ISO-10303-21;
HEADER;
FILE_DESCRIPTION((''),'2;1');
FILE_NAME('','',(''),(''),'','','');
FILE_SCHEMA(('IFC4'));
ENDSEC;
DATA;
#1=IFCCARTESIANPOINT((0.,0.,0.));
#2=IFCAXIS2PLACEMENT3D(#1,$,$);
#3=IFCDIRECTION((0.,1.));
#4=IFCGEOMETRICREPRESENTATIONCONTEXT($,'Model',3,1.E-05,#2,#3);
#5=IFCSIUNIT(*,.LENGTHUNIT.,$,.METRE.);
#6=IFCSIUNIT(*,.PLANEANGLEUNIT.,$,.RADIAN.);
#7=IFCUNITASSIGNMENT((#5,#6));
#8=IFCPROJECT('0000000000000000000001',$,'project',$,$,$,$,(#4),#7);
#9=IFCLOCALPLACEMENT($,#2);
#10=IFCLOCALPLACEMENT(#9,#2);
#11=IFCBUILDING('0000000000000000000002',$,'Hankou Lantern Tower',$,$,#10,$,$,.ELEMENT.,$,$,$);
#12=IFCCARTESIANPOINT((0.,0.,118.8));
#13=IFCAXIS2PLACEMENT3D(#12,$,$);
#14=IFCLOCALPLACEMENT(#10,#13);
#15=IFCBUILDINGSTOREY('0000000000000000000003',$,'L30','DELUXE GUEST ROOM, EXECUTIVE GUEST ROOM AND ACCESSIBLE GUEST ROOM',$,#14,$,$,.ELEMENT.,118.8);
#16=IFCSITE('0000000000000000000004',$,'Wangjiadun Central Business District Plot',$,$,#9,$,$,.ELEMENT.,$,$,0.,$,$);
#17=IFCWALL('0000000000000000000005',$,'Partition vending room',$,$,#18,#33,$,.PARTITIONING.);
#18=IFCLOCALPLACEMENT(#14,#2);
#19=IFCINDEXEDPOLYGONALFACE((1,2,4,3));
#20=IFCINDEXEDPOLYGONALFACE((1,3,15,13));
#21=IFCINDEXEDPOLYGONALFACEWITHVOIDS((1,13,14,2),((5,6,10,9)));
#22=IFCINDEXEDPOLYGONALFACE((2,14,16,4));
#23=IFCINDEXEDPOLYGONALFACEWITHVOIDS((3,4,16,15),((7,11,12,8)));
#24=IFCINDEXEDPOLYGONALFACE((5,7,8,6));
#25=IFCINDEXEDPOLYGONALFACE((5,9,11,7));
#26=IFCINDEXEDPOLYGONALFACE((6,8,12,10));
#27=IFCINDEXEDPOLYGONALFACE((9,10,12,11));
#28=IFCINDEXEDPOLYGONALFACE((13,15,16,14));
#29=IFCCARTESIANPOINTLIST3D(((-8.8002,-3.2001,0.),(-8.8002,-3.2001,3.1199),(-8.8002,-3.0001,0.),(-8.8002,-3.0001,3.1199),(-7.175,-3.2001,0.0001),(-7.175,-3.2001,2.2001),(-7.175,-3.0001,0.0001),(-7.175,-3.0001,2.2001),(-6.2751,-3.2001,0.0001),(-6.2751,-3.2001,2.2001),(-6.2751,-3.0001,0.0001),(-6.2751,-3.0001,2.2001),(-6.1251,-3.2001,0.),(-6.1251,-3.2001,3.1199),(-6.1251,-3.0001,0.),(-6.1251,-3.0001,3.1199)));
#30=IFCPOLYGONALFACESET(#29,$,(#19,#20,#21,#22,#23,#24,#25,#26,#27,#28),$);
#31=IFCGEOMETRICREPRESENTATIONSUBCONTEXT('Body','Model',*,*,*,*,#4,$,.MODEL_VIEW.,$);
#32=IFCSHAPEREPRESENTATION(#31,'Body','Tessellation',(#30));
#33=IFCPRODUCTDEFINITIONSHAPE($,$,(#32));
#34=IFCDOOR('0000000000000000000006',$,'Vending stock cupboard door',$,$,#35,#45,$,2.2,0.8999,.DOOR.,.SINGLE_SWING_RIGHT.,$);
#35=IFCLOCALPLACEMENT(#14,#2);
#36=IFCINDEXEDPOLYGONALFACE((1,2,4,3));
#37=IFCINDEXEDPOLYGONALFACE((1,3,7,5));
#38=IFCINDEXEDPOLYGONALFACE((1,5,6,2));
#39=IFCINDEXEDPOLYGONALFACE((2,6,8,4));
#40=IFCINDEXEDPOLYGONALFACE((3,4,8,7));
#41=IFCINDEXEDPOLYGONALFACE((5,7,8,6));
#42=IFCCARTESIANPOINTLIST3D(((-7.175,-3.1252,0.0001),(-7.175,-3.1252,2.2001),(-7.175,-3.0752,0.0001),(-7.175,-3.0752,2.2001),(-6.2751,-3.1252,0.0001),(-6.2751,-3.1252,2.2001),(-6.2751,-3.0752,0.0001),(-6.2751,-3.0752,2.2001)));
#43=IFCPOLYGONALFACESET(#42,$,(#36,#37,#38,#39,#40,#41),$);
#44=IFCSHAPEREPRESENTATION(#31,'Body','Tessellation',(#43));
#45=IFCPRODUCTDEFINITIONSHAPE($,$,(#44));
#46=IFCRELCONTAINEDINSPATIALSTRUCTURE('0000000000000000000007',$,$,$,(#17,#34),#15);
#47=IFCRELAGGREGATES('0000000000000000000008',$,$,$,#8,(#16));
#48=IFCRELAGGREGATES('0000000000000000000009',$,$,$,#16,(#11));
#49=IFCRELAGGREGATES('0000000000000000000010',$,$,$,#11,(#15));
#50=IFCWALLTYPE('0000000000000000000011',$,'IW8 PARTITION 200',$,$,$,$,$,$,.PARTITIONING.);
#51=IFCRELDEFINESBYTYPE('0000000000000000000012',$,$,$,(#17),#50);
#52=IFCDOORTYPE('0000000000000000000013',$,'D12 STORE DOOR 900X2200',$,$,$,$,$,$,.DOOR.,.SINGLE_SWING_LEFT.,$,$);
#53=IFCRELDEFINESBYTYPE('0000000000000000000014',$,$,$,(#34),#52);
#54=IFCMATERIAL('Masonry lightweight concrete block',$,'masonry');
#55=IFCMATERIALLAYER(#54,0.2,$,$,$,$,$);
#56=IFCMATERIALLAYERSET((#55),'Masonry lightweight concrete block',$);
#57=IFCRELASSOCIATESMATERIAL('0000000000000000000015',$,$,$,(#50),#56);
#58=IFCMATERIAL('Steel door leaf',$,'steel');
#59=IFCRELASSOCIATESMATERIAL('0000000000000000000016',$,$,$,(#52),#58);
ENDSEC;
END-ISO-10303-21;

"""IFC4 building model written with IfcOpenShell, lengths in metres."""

from ifc_helpers import new_model, si_unit, direction, frame, frame_2d, origin, place, context, subcontext, project, spatial, rectangle, extrude, material, layer, layer_set, type_object, element, fill, save


model = new_model("IFC4")

# Units and contexts
model_context = context("Model", 3, precision=1e-05, world=origin(), true_north=direction((0.0, 1.0)))
body_context = subcontext(model_context, "Body", "Model", "MODEL_VIEW")
ifc_project = project(units=[si_unit("LENGTHUNIT", "METRE"), si_unit("PLANEANGLEUNIT", "RADIAN")], contexts=[model_context])

# Site, building, storey
site_placement = place(None, origin())
site = spatial("IfcSite", under=ifc_project, at=site_placement, Name="Wangjiadun Central Business District Plot", CompositionType="ELEMENT", RefElevation=0.0)
building_placement = place(site_placement, origin())
building = spatial("IfcBuilding", under=site, at=building_placement, Name="Hankou Lantern Tower", CompositionType="ELEMENT")
storey_placement = place(building_placement, frame((0.0, 0.0, 118.8)))
storey = spatial("IfcBuildingStorey", under=building, at=storey_placement, Name="L30", Description="DELUXE GUEST ROOM, EXECUTIVE GUEST ROOM AND ACCESSIBLE GUEST ROOM", CompositionType="ELEMENT", Elevation=118.8)

# Wall, opening, door
ifc_material_1 = material(Name="Masonry lightweight concrete block", Category="masonry")
ifc_layer_1 = layer(ifc_material_1, 0.2)
ifc_layer_set_1 = layer_set([ifc_layer_1], Name="Masonry lightweight concrete block")
wall_type_1 = type_object("IfcWallType", Name="IW8 PARTITION 200", PredefinedType="PARTITIONING", material=ifc_layer_set_1)
wall_1_placement = place(storey_placement, frame((-8.8, -3.1001, 0.0), z_axis=(0.0, 0.0, 1.0), x_axis=(1.0, 0.0, 0.0)))
wall_1 = element("IfcWall", 1, at=wall_1_placement, inside=storey, type_object=wall_type_1, Name="Partition vending room", PredefinedType="PARTITIONING", context=body_context, shape_type="SweptSolid", body=[
    extrude(rectangle(XDim=2.675, YDim=0.2, at=frame_2d((1.3374, 0.0))), origin(), (0.0, 0.0, 1.0), 3.1199),
])
opening_1_placement = place(wall_1_placement, frame((1.625, 0.0, 0.0)))
opening_1 = element("IfcOpeningElement", 2, at=opening_1_placement, cuts=wall_1, PredefinedType="OPENING", context=body_context, shape_type="SweptSolid", body=[
    extrude(rectangle(XDim=0.8999, YDim=2.2, at=frame_2d((0.45, 1.1001))), frame((0.0, 0.1099, 0.0), z_axis=(0.0, -1.0, 0.0), x_axis=(1.0, 0.0, 0.0)), (0.0, 0.0, 1.0), 0.22),
])
ifc_material_2 = material(Name="Steel door leaf", Category="steel")
door_type_1 = type_object("IfcDoorType", Name="D12 STORE DOOR 900X2200", OperationType="SINGLE_SWING_LEFT", PredefinedType="DOOR", material=ifc_material_2)
door_1_placement = place(opening_1_placement, origin())
door_1 = element("IfcDoor", 3, at=door_1_placement, inside=storey, type_object=door_type_1, Name="Vending stock cupboard door", OperationType="SINGLE_SWING_RIGHT", OverallHeight=2.2, OverallWidth=0.8999, PredefinedType="DOOR", context=body_context, shape_type="SweptSolid", body=[
    extrude(rectangle(XDim=0.8999, YDim=2.2, at=frame_2d((0.45, 1.1001))), frame((0.0, 0.0249, 0.0), z_axis=(0.0, -1.0, 0.0), x_axis=(1.0, 0.0, 0.0)), (0.0, 0.0, 1.0), 0.05),
])
fill(opening_1, door_1)

save(model, "model.ifc")
